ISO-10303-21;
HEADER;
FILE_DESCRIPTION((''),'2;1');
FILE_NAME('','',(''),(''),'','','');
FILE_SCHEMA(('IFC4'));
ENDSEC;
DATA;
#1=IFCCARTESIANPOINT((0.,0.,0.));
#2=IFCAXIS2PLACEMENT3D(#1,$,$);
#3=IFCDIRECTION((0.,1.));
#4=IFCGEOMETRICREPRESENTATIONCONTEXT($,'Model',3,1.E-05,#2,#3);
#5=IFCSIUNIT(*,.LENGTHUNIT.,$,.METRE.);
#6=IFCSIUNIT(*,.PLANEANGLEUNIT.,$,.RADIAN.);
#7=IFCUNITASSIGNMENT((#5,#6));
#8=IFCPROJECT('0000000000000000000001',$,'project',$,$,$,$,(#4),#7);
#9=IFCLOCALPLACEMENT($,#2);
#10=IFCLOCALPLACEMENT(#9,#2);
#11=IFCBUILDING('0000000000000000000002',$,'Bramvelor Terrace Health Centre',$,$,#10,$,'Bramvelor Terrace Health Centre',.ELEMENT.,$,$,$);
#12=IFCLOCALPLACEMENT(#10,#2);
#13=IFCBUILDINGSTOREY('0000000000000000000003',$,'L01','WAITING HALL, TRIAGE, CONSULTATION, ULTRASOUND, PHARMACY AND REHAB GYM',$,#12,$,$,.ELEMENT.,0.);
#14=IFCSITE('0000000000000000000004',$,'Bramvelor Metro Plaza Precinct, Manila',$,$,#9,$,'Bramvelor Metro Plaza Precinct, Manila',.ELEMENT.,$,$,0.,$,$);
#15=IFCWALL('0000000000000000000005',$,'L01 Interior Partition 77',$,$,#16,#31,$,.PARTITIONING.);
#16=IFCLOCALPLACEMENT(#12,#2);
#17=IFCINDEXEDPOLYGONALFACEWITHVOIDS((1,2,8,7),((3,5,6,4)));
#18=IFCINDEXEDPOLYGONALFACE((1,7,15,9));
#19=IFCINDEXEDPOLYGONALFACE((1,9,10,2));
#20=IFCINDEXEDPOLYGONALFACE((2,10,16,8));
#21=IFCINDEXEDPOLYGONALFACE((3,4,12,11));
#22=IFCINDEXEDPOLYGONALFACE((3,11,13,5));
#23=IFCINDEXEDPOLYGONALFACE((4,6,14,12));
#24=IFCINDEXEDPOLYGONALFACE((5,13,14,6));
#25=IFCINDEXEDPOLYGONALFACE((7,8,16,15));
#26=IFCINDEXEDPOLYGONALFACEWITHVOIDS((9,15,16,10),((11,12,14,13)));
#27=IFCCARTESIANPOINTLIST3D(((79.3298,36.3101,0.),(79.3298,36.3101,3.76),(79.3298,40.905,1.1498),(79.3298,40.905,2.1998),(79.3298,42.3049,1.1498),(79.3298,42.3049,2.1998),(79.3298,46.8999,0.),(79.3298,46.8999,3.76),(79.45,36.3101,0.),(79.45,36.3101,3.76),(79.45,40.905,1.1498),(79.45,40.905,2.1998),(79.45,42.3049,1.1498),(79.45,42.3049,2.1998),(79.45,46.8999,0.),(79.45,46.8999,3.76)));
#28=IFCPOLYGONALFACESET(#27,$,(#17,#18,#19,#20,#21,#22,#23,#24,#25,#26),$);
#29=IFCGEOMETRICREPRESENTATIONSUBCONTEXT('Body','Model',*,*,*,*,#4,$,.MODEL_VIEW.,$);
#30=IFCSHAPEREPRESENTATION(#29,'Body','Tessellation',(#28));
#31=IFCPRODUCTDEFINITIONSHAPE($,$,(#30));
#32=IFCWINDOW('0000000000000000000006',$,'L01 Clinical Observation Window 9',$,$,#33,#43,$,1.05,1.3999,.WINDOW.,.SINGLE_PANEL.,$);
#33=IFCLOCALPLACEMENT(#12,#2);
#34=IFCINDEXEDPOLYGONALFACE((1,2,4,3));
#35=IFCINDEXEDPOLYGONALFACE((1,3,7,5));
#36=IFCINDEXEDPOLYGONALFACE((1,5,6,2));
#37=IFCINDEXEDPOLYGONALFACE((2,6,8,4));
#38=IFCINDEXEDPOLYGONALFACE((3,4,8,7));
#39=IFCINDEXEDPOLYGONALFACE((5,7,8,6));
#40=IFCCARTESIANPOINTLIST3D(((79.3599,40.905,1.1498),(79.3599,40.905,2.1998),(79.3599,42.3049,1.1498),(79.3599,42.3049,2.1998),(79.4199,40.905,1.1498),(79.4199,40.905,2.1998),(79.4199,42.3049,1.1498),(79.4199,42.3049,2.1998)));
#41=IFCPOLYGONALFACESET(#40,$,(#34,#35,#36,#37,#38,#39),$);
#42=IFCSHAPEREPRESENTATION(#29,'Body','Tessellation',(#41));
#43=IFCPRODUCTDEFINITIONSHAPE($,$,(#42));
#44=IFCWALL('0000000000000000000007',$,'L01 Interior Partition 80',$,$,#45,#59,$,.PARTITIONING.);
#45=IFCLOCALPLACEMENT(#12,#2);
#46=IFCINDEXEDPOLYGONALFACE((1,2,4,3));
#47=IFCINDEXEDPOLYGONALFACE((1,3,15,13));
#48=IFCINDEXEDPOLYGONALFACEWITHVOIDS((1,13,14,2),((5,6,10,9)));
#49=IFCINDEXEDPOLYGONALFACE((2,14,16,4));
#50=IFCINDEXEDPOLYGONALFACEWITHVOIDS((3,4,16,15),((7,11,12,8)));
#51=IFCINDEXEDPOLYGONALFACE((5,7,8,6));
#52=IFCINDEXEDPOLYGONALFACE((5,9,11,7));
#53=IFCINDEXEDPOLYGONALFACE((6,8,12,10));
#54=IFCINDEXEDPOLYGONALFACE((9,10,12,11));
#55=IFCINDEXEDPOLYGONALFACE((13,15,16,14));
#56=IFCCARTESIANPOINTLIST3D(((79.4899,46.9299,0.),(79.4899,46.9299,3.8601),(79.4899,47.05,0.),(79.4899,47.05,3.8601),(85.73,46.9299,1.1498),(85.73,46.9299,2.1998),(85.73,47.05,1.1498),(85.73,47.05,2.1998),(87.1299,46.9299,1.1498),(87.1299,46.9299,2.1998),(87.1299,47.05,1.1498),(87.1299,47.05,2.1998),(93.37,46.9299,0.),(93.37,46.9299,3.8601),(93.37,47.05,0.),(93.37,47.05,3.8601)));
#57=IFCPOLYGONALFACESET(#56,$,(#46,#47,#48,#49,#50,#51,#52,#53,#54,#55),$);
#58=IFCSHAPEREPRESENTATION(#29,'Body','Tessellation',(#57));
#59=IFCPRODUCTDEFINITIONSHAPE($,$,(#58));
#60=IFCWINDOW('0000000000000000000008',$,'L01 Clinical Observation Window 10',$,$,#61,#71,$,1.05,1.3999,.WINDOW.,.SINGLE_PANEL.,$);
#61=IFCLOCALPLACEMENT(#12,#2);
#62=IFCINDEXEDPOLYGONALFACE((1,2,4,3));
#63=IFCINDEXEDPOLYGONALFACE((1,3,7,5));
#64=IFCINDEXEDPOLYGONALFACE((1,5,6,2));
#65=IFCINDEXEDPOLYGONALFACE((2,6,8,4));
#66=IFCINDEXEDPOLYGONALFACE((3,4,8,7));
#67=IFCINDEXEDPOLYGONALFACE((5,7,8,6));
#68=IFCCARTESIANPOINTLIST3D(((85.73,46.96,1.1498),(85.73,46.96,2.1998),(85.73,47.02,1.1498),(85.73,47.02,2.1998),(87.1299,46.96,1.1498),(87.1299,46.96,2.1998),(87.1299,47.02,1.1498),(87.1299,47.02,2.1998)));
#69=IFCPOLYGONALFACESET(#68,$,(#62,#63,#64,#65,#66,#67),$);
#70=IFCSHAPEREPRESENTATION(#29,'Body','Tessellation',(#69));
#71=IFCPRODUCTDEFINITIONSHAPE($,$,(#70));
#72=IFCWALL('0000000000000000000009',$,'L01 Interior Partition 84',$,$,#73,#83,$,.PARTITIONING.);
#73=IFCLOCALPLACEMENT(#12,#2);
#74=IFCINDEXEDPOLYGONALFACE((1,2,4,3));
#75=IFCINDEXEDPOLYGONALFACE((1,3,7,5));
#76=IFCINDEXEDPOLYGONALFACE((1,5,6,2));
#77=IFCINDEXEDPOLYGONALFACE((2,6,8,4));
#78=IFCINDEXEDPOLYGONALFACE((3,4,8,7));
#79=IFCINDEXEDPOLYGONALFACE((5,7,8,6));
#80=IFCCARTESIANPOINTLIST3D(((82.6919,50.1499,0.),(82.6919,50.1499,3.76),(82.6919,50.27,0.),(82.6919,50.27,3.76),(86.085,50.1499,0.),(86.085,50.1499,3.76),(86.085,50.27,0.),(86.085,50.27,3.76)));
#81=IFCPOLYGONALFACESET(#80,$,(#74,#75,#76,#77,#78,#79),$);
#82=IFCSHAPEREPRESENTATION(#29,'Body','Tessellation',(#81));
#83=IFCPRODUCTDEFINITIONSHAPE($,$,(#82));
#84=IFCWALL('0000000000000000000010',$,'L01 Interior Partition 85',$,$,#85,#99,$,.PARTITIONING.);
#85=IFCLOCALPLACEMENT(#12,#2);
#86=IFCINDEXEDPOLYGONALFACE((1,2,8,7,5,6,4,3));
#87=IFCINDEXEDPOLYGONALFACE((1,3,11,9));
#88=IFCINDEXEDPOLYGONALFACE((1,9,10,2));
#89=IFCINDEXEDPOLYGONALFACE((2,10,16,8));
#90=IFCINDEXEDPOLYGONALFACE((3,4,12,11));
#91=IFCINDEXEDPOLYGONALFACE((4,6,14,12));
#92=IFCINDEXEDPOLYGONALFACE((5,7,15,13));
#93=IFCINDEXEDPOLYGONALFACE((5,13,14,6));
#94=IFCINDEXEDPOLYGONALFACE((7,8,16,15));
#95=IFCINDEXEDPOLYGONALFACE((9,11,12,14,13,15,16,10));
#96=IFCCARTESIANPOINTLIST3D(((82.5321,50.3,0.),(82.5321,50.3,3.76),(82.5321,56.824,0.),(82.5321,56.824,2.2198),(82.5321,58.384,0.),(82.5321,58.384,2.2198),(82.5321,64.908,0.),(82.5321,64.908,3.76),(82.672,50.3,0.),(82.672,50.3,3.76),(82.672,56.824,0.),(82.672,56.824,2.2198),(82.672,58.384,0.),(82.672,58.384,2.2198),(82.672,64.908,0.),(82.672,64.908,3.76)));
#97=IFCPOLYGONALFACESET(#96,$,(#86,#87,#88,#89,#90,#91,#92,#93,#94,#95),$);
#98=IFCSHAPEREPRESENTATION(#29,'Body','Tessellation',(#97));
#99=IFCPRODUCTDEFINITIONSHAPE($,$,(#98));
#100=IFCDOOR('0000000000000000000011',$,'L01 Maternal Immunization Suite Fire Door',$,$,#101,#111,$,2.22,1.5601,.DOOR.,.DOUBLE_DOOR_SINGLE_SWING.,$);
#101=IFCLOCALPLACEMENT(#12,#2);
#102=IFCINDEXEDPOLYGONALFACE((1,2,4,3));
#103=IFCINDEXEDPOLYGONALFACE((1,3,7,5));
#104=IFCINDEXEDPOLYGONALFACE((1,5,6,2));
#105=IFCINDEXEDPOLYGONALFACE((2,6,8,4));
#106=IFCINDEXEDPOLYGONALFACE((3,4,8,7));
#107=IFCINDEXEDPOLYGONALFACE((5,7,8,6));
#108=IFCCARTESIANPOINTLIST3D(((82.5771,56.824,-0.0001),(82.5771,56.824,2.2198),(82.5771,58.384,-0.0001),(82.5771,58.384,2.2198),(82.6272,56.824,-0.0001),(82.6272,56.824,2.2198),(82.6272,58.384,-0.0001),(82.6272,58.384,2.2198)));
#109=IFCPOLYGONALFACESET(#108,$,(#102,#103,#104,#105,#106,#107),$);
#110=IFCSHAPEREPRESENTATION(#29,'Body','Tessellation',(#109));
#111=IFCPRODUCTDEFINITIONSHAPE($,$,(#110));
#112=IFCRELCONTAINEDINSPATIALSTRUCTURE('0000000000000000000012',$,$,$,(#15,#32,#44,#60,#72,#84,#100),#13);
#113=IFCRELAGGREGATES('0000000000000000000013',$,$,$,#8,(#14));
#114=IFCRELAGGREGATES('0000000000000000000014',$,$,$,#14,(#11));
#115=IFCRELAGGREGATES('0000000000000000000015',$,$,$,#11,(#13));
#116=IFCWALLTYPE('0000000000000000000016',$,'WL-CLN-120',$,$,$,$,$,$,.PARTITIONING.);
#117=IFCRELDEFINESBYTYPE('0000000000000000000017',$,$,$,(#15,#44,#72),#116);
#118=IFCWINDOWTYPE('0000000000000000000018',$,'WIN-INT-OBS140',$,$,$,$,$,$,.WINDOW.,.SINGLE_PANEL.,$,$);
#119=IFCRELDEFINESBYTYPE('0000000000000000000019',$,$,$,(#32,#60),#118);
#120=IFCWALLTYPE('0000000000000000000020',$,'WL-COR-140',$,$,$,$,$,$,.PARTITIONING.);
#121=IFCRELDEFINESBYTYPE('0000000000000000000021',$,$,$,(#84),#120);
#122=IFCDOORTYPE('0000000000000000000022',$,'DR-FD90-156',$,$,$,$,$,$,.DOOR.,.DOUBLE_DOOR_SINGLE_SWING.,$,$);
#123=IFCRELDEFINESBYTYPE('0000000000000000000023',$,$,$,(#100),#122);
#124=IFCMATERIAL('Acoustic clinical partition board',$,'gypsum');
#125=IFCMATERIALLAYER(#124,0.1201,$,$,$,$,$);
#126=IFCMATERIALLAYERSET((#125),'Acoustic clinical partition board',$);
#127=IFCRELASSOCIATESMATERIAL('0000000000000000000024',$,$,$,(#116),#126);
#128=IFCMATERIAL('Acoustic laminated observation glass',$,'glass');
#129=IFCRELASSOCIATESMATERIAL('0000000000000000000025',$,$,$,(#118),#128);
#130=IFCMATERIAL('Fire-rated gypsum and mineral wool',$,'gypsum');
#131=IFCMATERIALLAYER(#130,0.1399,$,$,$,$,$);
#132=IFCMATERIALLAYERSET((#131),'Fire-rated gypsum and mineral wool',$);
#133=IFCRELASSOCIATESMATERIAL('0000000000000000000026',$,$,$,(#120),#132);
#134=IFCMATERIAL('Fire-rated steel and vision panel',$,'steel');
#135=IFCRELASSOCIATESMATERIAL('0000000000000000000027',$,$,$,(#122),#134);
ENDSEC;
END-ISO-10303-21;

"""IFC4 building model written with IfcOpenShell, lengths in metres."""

from ifc_helpers import new_model, si_unit, direction, frame, frame_2d, origin, place, context, subcontext, project, spatial, rectangle, extrude, material, layer, layer_set, type_object, element, fill, save


model = new_model("IFC4")

# Units and contexts
model_context = context("Model", 3, precision=1e-05, world=origin(), true_north=direction((0.0, 1.0)))
body_context = subcontext(model_context, "Body", "Model", "MODEL_VIEW")
ifc_project = project(units=[si_unit("LENGTHUNIT", "METRE"), si_unit("PLANEANGLEUNIT", "RADIAN")], contexts=[model_context])

# Site, building, storey
site_placement = place(None, origin())
site = spatial("IfcSite", under=ifc_project, at=site_placement, Name="Bramvelor Metro Plaza Precinct, Manila", LongName="Bramvelor Metro Plaza Precinct, Manila", CompositionType="ELEMENT", RefElevation=0.0)
building_placement = place(site_placement, origin())
building = spatial("IfcBuilding", under=site, at=building_placement, Name="Bramvelor Terrace Health Centre", LongName="Bramvelor Terrace Health Centre", CompositionType="ELEMENT")
storey_placement = place(building_placement, origin())
storey = spatial("IfcBuildingStorey", under=building, at=storey_placement, Name="L01", Description="WAITING HALL, TRIAGE, CONSULTATION, ULTRASOUND, PHARMACY AND REHAB GYM", CompositionType="ELEMENT", Elevation=0.0)

# Walls, openings, windows
ifc_material_1 = material(Name="Acoustic clinical partition board", Category="gypsum")
ifc_layer_1 = layer(ifc_material_1, 0.1201)
ifc_layer_set_1 = layer_set([ifc_layer_1], Name="Acoustic clinical partition board")
wall_type_1 = type_object("IfcWallType", Name="WL-CLN-120", PredefinedType="PARTITIONING", material=ifc_layer_set_1)
wall_1_placement = place(storey_placement, frame((79.3899, 46.8999, 0.0), z_axis=(0.0, 0.0, 1.0), x_axis=(0.0, -1.0, 0.0)))
wall_1 = element("IfcWall", 1, at=wall_1_placement, inside=storey, type_object=wall_type_1, Name="L01 Interior Partition 77", PredefinedType="PARTITIONING", context=body_context, shape_type="SweptSolid", body=[
    extrude(rectangle(XDim=10.5898, YDim=0.1201, at=frame_2d((5.2949, 0.0))), origin(), (0.0, 0.0, 1.0), 3.76),
])
opening_1_placement = place(wall_1_placement, frame((4.595, 0.0, 1.1499)))
opening_1 = element("IfcOpeningElement", 2, at=opening_1_placement, cuts=wall_1, PredefinedType="OPENING", context=body_context, shape_type="SweptSolid", body=[
    extrude(rectangle(XDim=1.3999, YDim=1.05, at=frame_2d((0.7, 0.5249))), frame((0.0, 0.0701, 0.0), z_axis=(0.0, -1.0, 0.0), x_axis=(1.0, 0.0, 0.0)), (0.0, 0.0, 1.0), 0.1401),
])
ifc_material_2 = material(Name="Acoustic laminated observation glass", Category="glass")
window_type = type_object("IfcWindowType", Name="WIN-INT-OBS140", PartitioningType="SINGLE_PANEL", PredefinedType="WINDOW", material=ifc_material_2)
window_1_placement = place(opening_1_placement, origin())
window_1 = element("IfcWindow", 3, at=window_1_placement, inside=storey, type_object=window_type, Name="L01 Clinical Observation Window 9", OverallHeight=1.05, OverallWidth=1.3999, PartitioningType="SINGLE_PANEL", PredefinedType="WINDOW", context=body_context, shape_type="SweptSolid", body=[
    extrude(rectangle(XDim=1.3999, YDim=1.05, at=frame_2d((0.7, 0.5249))), frame((0.0, 0.03, 0.0), z_axis=(0.0, -1.0, 0.0), x_axis=(1.0, 0.0, 0.0)), (0.0, 0.0, 1.0), 0.0601),
])
fill(opening_1, window_1)
wall_2_placement = place(storey_placement, frame((79.49, 46.99, 0.0), z_axis=(0.0, 0.0, 1.0), x_axis=(1.0, 0.0, 0.0)))
wall_2 = element("IfcWall", 4, at=wall_2_placement, inside=storey, type_object=wall_type_1, Name="L01 Interior Partition 80", PredefinedType="PARTITIONING", context=body_context, shape_type="SweptSolid", body=[
    extrude(rectangle(XDim=13.8801, YDim=0.1201, at=frame_2d((6.9399, 0.0))), origin(), (0.0, 0.0, 1.0), 3.8601),
])
opening_2_placement = place(wall_2_placement, frame((6.24, 0.0, 1.1499)))
opening_2 = element("IfcOpeningElement", 5, at=opening_2_placement, cuts=wall_2, PredefinedType="OPENING", context=body_context, shape_type="SweptSolid", body=[
    extrude(rectangle(XDim=1.3999, YDim=1.05, at=frame_2d((0.7, 0.5249))), frame((0.0, 0.0701, 0.0), z_axis=(0.0, -1.0, 0.0), x_axis=(1.0, 0.0, 0.0)), (0.0, 0.0, 1.0), 0.1401),
])
window_2_placement = place(opening_2_placement, origin())
window_2 = element("IfcWindow", 6, at=window_2_placement, inside=storey, type_object=window_type, Name="L01 Clinical Observation Window 10", OverallHeight=1.05, OverallWidth=1.3999, PartitioningType="SINGLE_PANEL", PredefinedType="WINDOW", context=body_context, shape_type="SweptSolid", body=[
    extrude(rectangle(XDim=1.3999, YDim=1.05, at=frame_2d((0.7, 0.5249))), frame((0.0, 0.03, 0.0), z_axis=(0.0, -1.0, 0.0), x_axis=(1.0, 0.0, 0.0)), (0.0, 0.0, 1.0), 0.0601),
])
fill(opening_2, window_2)

# Wall
wall_3_placement = place(storey_placement, frame((86.085, 50.21, 0.0), z_axis=(0.0, 0.0, 1.0), x_axis=(-1.0, 0.0, 0.0)))
element("IfcWall", 7, at=wall_3_placement, inside=storey, type_object=wall_type_1, Name="L01 Interior Partition 84", PredefinedType="PARTITIONING", context=body_context, shape_type="SweptSolid", body=[
    extrude(rectangle(XDim=3.3931, YDim=0.1201, at=frame_2d((1.6965, 0.0))), origin(), (0.0, 0.0, 1.0), 3.76),
])

# Wall, opening, door
ifc_material_3 = material(Name="Fire-rated gypsum and mineral wool", Category="gypsum")
ifc_layer_2 = layer(ifc_material_3, 0.1399)
ifc_layer_set_2 = layer_set([ifc_layer_2], Name="Fire-rated gypsum and mineral wool")
wall_type_2 = type_object("IfcWallType", Name="WL-COR-140", PredefinedType="PARTITIONING", material=ifc_layer_set_2)
wall_4_placement = place(storey_placement, frame((82.6021, 50.3, 0.0), z_axis=(0.0, 0.0, 1.0), x_axis=(0.0, 1.0, 0.0)))
wall_4 = element("IfcWall", 8, at=wall_4_placement, inside=storey, type_object=wall_type_2, Name="L01 Interior Partition 85", PredefinedType="PARTITIONING", context=body_context, shape_type="SweptSolid", body=[
    extrude(rectangle(XDim=14.6079, YDim=0.1399, at=frame_2d((7.304, 0.0))), origin(), (0.0, 0.0, 1.0), 3.76),
])
opening_3_placement = place(wall_4_placement, frame((6.5239, 0.0, 0.0)))
opening_3 = element("IfcOpeningElement", 9, at=opening_3_placement, cuts=wall_4, PredefinedType="OPENING", context=body_context, shape_type="SweptSolid", body=[
    extrude(rectangle(XDim=1.5601, YDim=2.22, at=frame_2d((0.78, 1.1099))), frame((0.0, 0.0798, 0.0), z_axis=(0.0, -1.0, 0.0), x_axis=(1.0, 0.0, 0.0)), (0.0, 0.0, 1.0), 0.1599),
])
ifc_material_4 = material(Name="Fire-rated steel and vision panel", Category="steel")
door_type = type_object("IfcDoorType", Name="DR-FD90-156", OperationType="DOUBLE_DOOR_SINGLE_SWING", PredefinedType="DOOR", material=ifc_material_4)
door_placement = place(opening_3_placement, origin())
door = element("IfcDoor", 10, at=door_placement, inside=storey, type_object=door_type, Name="L01 Maternal Immunization Suite Fire Door", OperationType="DOUBLE_DOOR_SINGLE_SWING", OverallHeight=2.22, OverallWidth=1.5601, PredefinedType="DOOR", context=body_context, shape_type="SweptSolid", body=[
    extrude(rectangle(XDim=1.5601, YDim=2.22, at=frame_2d((0.78, 1.1099))), frame((0.0, 0.0249, 0.0), z_axis=(0.0, -1.0, 0.0), x_axis=(1.0, 0.0, 0.0)), (0.0, 0.0, 1.0), 0.05),
])
fill(opening_3, door)

save(model, "model.ifc")
